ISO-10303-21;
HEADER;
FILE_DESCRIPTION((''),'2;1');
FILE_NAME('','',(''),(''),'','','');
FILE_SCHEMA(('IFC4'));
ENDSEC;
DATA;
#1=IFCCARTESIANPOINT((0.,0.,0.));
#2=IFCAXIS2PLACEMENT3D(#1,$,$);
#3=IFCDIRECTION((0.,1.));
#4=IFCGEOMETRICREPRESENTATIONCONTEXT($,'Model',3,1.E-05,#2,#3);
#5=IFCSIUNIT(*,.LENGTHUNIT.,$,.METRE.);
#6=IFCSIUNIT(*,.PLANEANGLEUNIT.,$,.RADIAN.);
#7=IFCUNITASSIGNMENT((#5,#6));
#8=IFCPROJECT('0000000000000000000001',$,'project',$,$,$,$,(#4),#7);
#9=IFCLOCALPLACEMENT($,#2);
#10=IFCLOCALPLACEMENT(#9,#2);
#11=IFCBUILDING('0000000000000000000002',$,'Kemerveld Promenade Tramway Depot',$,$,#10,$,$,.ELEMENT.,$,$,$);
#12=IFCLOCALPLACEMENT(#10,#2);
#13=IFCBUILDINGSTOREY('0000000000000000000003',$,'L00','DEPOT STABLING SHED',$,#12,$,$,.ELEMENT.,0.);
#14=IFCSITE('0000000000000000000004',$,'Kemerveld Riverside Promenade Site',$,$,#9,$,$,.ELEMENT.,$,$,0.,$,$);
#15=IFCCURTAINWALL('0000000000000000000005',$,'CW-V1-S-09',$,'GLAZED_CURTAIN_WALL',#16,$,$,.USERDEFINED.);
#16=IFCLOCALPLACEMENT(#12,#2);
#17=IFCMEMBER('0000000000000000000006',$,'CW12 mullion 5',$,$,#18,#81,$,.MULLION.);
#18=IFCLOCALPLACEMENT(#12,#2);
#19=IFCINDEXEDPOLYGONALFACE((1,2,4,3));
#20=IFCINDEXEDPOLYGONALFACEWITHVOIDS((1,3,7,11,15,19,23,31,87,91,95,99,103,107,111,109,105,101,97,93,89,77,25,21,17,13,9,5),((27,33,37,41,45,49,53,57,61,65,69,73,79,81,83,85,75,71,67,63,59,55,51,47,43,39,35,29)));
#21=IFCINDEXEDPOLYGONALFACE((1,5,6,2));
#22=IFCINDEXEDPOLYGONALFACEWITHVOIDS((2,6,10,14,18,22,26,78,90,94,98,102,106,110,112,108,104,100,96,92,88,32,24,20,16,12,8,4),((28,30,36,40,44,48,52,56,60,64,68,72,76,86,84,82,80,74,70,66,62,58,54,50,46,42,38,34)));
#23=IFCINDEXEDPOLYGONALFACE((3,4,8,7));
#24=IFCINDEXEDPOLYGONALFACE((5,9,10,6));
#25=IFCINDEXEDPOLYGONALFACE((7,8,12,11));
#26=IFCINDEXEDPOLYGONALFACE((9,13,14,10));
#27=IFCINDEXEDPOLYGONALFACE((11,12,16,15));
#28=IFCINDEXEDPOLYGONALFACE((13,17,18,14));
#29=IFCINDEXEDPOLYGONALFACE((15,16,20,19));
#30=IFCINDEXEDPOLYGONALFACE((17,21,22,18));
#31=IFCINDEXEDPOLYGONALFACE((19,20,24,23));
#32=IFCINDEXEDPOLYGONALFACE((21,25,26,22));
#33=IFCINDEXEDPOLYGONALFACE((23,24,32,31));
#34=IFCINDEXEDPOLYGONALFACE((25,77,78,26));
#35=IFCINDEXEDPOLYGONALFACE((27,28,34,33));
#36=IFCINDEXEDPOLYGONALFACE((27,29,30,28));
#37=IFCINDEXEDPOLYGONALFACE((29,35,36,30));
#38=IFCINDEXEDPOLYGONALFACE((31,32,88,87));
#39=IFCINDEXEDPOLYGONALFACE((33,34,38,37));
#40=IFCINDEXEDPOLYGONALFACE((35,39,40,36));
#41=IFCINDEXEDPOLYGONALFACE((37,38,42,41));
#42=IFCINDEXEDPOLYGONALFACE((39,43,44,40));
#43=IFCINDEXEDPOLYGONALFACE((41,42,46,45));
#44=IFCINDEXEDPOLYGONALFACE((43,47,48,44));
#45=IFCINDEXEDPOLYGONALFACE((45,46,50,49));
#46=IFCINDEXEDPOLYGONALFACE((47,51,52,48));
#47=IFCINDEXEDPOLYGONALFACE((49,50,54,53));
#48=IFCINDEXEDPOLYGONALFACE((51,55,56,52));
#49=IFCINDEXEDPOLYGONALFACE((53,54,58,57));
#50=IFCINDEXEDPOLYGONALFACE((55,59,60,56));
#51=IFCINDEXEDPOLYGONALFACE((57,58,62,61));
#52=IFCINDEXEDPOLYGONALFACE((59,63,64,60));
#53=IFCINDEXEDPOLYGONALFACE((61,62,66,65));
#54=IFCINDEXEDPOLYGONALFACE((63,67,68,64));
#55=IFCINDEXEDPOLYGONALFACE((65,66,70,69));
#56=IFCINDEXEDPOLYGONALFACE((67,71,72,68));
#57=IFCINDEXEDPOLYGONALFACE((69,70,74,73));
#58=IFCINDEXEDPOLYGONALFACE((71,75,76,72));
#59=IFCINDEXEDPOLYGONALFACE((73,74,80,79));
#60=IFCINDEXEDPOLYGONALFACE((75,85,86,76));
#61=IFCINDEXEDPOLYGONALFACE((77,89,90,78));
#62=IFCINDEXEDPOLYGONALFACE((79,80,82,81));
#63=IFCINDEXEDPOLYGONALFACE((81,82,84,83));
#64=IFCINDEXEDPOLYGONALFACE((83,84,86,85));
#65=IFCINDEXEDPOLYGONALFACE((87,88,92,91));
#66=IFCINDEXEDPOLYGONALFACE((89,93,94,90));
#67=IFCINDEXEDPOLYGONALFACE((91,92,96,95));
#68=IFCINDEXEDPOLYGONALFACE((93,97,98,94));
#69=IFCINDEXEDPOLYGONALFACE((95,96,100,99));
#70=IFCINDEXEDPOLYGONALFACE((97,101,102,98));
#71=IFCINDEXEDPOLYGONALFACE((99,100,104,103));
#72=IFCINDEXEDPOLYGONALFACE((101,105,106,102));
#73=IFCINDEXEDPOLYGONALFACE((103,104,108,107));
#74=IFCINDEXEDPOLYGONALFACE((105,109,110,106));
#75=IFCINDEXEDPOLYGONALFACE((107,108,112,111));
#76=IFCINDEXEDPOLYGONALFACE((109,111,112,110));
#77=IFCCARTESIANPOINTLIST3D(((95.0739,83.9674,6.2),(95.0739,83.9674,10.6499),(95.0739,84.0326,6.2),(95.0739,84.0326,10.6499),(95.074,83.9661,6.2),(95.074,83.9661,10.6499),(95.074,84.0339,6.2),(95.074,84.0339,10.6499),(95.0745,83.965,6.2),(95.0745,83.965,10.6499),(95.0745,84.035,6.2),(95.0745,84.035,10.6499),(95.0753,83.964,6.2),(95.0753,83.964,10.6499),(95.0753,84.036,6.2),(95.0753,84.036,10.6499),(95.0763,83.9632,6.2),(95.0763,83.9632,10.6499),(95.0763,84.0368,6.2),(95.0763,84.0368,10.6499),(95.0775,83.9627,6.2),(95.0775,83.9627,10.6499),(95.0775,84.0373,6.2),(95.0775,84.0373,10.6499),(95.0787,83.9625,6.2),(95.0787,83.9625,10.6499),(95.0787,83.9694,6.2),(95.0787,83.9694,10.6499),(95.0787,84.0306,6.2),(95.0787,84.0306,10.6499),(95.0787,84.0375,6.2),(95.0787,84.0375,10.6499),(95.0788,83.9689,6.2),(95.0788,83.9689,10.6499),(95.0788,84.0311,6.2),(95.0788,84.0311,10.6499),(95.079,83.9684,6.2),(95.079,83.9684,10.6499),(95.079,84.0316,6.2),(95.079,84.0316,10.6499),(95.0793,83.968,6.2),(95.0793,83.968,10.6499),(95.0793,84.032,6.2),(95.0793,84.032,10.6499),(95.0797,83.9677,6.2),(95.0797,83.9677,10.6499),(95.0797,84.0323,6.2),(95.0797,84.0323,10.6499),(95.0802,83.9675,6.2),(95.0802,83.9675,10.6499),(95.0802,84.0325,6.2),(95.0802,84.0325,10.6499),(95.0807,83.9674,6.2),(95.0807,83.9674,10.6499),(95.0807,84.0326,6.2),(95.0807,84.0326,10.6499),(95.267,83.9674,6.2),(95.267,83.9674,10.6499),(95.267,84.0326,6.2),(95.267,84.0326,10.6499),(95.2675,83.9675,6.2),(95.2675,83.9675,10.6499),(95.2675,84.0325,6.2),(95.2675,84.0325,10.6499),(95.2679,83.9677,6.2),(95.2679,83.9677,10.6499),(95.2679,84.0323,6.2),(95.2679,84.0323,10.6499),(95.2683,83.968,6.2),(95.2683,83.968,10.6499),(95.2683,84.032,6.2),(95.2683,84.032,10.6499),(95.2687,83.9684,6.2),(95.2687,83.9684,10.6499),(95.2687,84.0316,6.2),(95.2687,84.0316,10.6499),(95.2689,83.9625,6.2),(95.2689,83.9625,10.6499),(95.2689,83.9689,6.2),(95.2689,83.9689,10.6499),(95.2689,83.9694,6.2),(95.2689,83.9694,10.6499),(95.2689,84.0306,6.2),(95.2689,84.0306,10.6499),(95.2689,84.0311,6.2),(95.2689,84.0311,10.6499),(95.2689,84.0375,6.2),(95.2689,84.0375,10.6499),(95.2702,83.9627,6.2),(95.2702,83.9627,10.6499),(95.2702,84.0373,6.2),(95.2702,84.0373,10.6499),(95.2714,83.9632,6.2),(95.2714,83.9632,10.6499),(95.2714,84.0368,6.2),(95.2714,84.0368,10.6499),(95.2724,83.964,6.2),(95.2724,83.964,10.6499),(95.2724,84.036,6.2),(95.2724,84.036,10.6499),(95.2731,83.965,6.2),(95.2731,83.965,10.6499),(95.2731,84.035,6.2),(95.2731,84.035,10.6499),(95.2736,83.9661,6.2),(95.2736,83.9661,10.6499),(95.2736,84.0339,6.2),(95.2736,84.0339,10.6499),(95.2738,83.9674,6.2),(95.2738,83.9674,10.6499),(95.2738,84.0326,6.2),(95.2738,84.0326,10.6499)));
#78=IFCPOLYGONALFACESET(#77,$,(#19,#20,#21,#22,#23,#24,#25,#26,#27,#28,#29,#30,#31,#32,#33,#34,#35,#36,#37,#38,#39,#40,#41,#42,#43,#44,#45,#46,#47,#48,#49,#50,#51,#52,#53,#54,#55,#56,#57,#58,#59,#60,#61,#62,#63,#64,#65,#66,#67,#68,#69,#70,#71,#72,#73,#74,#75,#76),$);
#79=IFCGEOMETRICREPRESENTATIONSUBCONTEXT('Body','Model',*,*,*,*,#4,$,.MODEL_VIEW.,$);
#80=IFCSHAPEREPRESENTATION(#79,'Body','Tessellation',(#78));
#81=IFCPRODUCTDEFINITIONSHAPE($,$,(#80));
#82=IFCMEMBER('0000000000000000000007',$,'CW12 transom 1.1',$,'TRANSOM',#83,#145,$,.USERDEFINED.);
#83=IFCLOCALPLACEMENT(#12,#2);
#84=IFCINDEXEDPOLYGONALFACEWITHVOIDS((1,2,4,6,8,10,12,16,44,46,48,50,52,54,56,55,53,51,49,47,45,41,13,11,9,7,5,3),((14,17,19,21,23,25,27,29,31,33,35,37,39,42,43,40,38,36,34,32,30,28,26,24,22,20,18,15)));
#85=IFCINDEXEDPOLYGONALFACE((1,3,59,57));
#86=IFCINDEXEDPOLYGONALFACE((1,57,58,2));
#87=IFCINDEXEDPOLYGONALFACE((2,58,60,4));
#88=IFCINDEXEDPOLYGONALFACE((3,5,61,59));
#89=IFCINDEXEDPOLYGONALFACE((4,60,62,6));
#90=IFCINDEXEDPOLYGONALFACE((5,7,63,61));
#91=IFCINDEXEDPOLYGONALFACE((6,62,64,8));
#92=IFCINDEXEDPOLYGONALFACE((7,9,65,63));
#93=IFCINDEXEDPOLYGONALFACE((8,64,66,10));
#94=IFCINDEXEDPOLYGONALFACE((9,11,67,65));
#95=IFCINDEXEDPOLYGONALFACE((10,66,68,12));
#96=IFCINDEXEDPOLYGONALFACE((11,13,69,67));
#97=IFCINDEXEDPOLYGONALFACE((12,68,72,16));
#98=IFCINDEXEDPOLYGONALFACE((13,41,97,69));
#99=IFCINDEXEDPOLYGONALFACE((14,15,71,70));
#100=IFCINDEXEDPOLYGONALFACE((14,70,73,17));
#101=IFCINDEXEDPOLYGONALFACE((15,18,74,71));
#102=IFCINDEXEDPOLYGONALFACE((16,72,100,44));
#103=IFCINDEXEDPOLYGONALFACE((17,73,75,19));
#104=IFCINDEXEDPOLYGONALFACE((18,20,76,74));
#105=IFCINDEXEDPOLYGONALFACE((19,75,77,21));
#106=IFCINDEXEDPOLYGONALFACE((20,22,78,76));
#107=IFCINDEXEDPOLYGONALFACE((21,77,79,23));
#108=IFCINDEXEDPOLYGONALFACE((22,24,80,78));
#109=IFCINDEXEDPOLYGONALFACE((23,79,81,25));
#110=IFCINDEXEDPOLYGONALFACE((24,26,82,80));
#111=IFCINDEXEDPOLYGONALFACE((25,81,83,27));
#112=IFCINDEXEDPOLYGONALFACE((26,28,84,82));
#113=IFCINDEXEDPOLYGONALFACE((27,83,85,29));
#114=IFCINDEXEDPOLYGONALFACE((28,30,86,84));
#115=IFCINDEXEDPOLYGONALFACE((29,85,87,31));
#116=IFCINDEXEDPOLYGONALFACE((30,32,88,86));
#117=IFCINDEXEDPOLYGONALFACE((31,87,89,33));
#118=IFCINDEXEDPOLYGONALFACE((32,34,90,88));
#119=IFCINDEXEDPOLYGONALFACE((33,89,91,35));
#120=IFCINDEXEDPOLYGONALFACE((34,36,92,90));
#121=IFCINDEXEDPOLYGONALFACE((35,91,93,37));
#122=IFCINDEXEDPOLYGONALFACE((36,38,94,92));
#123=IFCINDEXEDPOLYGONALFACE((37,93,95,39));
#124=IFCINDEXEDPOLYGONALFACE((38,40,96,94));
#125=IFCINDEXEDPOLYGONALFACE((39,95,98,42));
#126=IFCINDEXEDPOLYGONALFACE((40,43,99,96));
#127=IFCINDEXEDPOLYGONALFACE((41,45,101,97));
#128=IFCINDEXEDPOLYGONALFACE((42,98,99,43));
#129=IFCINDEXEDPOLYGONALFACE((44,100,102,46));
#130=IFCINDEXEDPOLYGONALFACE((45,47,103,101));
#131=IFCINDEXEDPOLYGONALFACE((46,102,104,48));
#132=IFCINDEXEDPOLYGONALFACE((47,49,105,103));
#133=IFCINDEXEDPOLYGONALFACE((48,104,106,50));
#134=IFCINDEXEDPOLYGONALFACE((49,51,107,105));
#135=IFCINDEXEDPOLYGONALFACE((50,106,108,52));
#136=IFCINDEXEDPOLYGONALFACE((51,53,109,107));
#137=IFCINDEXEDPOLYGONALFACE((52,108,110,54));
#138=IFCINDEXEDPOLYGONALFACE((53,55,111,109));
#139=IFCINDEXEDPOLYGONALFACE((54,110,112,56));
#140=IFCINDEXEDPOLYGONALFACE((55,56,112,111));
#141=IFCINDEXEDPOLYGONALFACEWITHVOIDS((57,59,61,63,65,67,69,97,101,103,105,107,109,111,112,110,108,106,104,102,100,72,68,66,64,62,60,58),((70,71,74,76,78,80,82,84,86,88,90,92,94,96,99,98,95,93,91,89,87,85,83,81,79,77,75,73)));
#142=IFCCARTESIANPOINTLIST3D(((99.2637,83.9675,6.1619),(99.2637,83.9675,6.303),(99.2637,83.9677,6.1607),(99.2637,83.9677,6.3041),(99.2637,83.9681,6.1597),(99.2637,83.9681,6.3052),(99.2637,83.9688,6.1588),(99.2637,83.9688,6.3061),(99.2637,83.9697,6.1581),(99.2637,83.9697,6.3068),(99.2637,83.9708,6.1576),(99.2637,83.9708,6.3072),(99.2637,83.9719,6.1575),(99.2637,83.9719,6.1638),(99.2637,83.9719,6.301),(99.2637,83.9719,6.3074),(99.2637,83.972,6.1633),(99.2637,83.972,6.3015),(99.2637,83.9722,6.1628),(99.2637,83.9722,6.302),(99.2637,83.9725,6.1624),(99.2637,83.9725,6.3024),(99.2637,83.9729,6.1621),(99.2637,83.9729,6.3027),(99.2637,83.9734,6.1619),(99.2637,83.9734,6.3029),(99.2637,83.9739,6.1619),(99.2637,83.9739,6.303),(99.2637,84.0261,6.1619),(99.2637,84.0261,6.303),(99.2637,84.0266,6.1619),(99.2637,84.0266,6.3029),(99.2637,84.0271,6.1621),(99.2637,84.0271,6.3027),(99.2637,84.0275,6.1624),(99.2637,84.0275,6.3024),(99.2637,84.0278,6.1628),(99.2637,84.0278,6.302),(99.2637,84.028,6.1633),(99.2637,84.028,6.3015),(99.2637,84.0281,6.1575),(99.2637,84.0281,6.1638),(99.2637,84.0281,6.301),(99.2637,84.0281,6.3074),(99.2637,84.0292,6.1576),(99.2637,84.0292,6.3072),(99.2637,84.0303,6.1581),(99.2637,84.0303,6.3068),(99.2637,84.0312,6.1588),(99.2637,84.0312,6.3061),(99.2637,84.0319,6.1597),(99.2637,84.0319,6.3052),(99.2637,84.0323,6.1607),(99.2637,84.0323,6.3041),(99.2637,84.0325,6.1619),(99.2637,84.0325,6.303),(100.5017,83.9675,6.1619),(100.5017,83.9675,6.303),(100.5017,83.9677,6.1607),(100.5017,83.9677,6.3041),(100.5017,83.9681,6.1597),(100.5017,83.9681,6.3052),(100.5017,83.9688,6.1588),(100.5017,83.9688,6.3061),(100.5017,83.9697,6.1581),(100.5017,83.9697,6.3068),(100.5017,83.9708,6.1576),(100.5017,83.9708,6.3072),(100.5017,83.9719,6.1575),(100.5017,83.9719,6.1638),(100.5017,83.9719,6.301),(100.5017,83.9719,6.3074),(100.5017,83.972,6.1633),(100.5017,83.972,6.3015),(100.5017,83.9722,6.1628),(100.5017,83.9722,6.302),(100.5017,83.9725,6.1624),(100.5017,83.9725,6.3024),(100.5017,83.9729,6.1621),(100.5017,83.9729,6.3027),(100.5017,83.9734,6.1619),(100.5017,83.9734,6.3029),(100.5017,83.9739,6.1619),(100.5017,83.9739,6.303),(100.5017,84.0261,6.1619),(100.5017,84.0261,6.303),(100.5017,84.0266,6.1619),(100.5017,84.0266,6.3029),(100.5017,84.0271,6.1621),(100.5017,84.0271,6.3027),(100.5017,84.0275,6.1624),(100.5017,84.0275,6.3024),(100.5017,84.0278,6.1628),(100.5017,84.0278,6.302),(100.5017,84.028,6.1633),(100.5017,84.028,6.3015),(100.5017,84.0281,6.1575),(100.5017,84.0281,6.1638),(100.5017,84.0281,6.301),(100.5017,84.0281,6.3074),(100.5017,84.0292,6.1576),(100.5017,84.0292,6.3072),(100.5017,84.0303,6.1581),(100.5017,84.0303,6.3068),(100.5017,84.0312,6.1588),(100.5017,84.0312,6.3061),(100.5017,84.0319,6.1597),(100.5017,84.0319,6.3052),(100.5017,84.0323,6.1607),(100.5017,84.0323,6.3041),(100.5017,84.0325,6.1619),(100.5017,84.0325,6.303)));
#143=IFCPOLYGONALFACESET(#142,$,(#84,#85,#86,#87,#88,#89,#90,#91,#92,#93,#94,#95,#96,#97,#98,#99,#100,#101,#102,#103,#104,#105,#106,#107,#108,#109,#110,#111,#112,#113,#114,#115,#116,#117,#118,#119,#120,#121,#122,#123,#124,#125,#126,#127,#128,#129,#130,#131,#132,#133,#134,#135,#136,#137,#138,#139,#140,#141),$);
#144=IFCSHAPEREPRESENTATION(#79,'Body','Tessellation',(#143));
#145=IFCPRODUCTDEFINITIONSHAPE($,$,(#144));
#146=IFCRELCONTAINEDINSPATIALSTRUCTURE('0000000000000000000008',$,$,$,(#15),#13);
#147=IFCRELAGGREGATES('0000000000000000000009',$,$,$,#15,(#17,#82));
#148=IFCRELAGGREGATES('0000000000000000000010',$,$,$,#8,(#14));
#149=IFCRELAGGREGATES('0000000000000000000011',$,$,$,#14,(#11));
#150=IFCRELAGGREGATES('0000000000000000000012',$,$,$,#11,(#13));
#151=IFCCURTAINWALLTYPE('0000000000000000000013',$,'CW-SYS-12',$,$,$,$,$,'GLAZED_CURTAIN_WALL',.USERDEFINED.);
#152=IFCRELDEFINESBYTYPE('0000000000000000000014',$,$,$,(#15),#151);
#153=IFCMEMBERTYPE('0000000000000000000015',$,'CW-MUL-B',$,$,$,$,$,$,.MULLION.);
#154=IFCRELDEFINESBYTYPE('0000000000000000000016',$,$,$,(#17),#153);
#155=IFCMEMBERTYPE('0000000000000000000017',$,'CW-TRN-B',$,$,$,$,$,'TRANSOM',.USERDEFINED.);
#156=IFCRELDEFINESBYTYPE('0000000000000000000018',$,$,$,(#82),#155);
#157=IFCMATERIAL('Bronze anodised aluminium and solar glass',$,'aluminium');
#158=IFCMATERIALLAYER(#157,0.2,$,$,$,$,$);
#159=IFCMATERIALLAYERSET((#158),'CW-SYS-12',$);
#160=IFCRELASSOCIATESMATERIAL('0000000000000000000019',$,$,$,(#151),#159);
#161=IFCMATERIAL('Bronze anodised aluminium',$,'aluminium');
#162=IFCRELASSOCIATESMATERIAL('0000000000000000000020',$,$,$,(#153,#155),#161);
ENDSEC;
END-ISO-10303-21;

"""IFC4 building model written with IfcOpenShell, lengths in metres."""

from ifc_helpers import new_model, si_unit, direction, frame, origin, origin_2d, place, context, subcontext, project, spatial, hollow_rectangle, extrude, material, layer, layer_set, material_profile, profile_set, type_object, element, aggregate, save


model = new_model("IFC4")

# Units and contexts
model_context = context("Model", 3, precision=1e-05, world=origin(), true_north=direction((0.0, 1.0)))
body_context = subcontext(model_context, "Body", "Model", "MODEL_VIEW")
ifc_project = project(units=[si_unit("LENGTHUNIT", "METRE"), si_unit("PLANEANGLEUNIT", "RADIAN")], contexts=[model_context])

# Site, building, storey
site_placement = place(None, origin())
site = spatial("IfcSite", under=ifc_project, at=site_placement, Name="Kemerveld Riverside Promenade Site", CompositionType="ELEMENT", RefElevation=0.0)
building_placement = place(site_placement, origin())
building = spatial("IfcBuilding", under=site, at=building_placement, Name="Kemerveld Promenade Tramway Depot", CompositionType="ELEMENT")
storey_placement = place(building_placement, origin())
storey = spatial("IfcBuildingStorey", under=building, at=storey_placement, Name="L00", Description="DEPOT STABLING SHED", CompositionType="ELEMENT", Elevation=0.0)

# Curtain wall, members
ifc_material_1 = material(Name="Bronze anodised aluminium and solar glass", Category="aluminium")
ifc_layer_1 = layer(ifc_material_1, 0.2)
ifc_layer_set_1 = layer_set([ifc_layer_1], Name="CW-SYS-12")
curtain_wall_type = type_object("IfcCurtainWallType", Name="CW-SYS-12", ElementType="GLAZED_CURTAIN_WALL", PredefinedType="USERDEFINED", material=ifc_layer_set_1)
curtain_wall_placement = place(storey_placement, origin())
curtain_wall = element("IfcCurtainWall", 1, at=curtain_wall_placement, inside=storey, type_object=curtain_wall_type, Name="CW-V1-S-09", ObjectType="GLAZED_CURTAIN_WALL", PredefinedType="USERDEFINED")
ifc_material_2 = material(Name="Bronze anodised aluminium", Category="aluminium")
ifc_material_profile_1 = material_profile(ifc_material_2, hollow_rectangle(XDim=0.075, YDim=0.2, WallThickness=0.0049, InnerFilletRadius=0.002, OuterFilletRadius=0.0049, at=origin_2d()), Name="CW-MUL-200x75")
ifc_profile_set_1 = profile_set([ifc_material_profile_1], Name="Bronze anodised aluminium")
member_type_1 = type_object("IfcMemberType", Name="CW-MUL-B", PredefinedType="MULLION", material=ifc_profile_set_1)
member_1_placement = place(storey_placement, frame((95.1738, 84.0, 6.2), z_axis=(0.0, 0.0, 1.0), x_axis=(0.0, -1.0, 0.0)))
member_1 = element("IfcMember", 2, at=member_1_placement, type_object=member_type_1, Name="CW12 mullion 5", PredefinedType="MULLION", context=body_context, shape_type="SweptSolid", body=[
    extrude(hollow_rectangle(XDim=0.075, YDim=0.2, WallThickness=0.0049, InnerFilletRadius=0.002, OuterFilletRadius=0.0049, at=origin_2d()), origin(), (0.0, 0.0, 1.0), 4.45),
])
ifc_material_profile_2 = material_profile(ifc_material_2, hollow_rectangle(XDim=0.0649, YDim=0.1499, WallThickness=0.0044, InnerFilletRadius=0.002, OuterFilletRadius=0.0044, at=origin_2d()), Name="CW-TRN-150x65")
ifc_profile_set_2 = profile_set([ifc_material_profile_2], Name="Bronze anodised aluminium")
member_type_2 = type_object("IfcMemberType", Name="CW-TRN-B", ElementType="TRANSOM", PredefinedType="USERDEFINED", material=ifc_profile_set_2)
member_2_placement = place(storey_placement, frame((100.5017, 84.0, 6.2324), z_axis=(-1.0, 0.0, 0.0), x_axis=(0.0, -1.0, 0.0)))
member_2 = element("IfcMember", 3, at=member_2_placement, type_object=member_type_2, Name="CW12 transom 1.1", ObjectType="TRANSOM", PredefinedType="USERDEFINED", context=body_context, shape_type="SweptSolid", body=[
    extrude(hollow_rectangle(XDim=0.0649, YDim=0.1499, WallThickness=0.0044, InnerFilletRadius=0.002, OuterFilletRadius=0.0044, at=origin_2d()), origin(), (0.0, 0.0, 1.0), 1.238),
])
aggregate(curtain_wall, [member_1, member_2])

save(model, "model.ifc")
